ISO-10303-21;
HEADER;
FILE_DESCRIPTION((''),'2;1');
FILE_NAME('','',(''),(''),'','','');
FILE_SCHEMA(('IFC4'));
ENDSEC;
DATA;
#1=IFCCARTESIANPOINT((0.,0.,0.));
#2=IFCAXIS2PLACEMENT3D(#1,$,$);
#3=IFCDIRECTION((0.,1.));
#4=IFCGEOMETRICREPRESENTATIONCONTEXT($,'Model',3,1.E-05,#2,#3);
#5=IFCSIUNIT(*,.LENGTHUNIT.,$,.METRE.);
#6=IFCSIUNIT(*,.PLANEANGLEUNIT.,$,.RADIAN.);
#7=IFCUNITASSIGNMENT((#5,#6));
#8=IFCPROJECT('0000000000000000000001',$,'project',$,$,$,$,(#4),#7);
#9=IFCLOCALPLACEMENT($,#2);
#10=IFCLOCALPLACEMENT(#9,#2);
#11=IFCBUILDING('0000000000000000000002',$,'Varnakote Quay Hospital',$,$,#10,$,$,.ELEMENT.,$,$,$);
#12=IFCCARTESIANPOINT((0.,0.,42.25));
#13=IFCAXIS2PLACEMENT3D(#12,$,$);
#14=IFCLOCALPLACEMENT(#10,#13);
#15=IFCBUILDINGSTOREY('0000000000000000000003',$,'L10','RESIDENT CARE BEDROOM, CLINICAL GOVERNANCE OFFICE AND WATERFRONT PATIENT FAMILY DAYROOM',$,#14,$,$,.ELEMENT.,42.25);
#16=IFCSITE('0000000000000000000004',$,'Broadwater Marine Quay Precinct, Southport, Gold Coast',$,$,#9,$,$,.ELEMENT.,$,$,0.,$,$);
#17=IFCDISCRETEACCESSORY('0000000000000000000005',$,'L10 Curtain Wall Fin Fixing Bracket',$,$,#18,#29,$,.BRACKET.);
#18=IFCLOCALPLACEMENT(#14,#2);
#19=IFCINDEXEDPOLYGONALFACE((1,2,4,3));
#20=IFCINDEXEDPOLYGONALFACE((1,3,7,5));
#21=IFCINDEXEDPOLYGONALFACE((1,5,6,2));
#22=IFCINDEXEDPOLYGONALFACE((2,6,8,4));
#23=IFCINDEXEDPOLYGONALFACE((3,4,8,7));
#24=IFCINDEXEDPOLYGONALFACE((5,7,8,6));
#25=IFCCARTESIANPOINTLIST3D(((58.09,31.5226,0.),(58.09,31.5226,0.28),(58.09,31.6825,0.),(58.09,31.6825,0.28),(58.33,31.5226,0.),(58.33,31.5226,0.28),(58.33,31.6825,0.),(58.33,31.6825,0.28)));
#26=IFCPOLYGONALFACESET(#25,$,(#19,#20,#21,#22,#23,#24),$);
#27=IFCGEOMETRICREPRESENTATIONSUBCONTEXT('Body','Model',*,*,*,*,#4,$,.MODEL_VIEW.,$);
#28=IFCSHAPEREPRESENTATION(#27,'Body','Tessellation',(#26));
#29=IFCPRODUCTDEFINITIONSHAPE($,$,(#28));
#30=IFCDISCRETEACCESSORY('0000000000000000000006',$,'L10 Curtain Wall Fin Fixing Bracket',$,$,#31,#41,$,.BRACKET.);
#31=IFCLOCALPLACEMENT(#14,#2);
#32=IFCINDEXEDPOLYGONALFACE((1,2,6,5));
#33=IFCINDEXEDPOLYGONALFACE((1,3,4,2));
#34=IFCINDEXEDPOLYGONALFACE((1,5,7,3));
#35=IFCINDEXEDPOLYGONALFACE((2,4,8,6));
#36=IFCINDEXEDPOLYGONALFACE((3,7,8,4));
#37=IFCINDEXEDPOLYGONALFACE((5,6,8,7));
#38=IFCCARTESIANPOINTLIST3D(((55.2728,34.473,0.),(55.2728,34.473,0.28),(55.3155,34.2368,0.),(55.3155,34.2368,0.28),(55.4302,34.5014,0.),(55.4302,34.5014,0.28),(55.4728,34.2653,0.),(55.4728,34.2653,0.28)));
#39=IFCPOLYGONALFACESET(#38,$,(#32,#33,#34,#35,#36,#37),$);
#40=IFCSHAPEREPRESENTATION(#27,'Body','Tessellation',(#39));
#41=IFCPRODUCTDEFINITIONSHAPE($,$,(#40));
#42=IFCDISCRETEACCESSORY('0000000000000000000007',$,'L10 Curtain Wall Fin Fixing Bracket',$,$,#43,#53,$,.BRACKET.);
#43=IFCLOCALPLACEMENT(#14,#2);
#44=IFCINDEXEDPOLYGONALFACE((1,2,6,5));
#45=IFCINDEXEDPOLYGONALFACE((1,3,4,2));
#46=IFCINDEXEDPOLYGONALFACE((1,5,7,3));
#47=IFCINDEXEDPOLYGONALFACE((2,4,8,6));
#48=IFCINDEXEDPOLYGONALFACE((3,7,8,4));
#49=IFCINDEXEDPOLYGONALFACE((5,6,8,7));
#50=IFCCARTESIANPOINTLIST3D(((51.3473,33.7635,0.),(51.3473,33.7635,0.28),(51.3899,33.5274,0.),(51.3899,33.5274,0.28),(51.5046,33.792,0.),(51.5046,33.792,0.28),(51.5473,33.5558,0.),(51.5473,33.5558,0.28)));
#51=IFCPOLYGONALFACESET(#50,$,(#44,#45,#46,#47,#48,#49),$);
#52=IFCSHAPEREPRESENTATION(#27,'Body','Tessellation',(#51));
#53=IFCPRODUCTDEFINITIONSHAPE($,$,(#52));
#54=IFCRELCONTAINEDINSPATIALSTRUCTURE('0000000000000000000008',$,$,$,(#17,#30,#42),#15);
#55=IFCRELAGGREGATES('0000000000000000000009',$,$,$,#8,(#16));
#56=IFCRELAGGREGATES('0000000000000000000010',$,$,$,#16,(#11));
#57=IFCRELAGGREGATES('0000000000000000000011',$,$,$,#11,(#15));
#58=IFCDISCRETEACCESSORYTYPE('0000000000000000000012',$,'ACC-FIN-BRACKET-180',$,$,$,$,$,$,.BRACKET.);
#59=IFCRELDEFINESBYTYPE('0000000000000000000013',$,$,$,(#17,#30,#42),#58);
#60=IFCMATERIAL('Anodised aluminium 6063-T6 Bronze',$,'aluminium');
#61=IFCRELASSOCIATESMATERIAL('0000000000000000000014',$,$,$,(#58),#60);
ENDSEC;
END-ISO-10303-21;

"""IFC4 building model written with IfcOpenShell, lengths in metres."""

from ifc_helpers import new_model, si_unit, direction, frame, origin, origin_2d, place, context, subcontext, project, spatial, rectangle, extrude, material, type_object, element, save


model = new_model("IFC4")

# Units and contexts
model_context = context("Model", 3, precision=1e-05, world=origin(), true_north=direction((0.0, 1.0)))
body_context = subcontext(model_context, "Body", "Model", "MODEL_VIEW")
ifc_project = project(units=[si_unit("LENGTHUNIT", "METRE"), si_unit("PLANEANGLEUNIT", "RADIAN")], contexts=[model_context])

# Site, building, storey
site_placement = place(None, origin())
site = spatial("IfcSite", under=ifc_project, at=site_placement, Name="Broadwater Marine Quay Precinct, Southport, Gold Coast", CompositionType="ELEMENT", RefElevation=0.0)
building_placement = place(site_placement, origin())
building = spatial("IfcBuilding", under=site, at=building_placement, Name="Varnakote Quay Hospital", CompositionType="ELEMENT")
storey_placement = place(building_placement, frame((0.0, 0.0, 42.25)))
storey = spatial("IfcBuildingStorey", under=building, at=storey_placement, Name="L10", Description="RESIDENT CARE BEDROOM, CLINICAL GOVERNANCE OFFICE AND WATERFRONT PATIENT FAMILY DAYROOM", CompositionType="ELEMENT", Elevation=42.25)

# Discrete accessories
ifc_material_1 = material(Name="Anodised aluminium 6063-T6 Bronze", Category="aluminium")
discrete_accessory_type = type_object("IfcDiscreteAccessoryType", Name="ACC-FIN-BRACKET-180", PredefinedType="BRACKET", material=ifc_material_1)
for number, where, z_axis, x_axis, name in (
    (1, (58.21, 31.6025, 0.0), (0.0, 0.0, 1.0), (0.0, 1.0, 0.0), "L10 Curtain Wall Fin Fixing Bracket"),
    (2, (55.3728, 34.3691, 0.0), (0.0, 0.0, 1.0), (-0.984072, -0.177772, 0.0), "L10 Curtain Wall Fin Fixing Bracket"),
    (3, (51.4473, 33.6597, 0.0), (0.0, 0.0, 1.0), (-0.984072, -0.177772, 0.0), "L10 Curtain Wall Fin Fixing Bracket"),
):
    element("IfcDiscreteAccessory", number, at=place(storey_placement, frame(where, z_axis=z_axis, x_axis=x_axis)), inside=storey, type_object=discrete_accessory_type, Name=name, PredefinedType="BRACKET", context=body_context, shape_type="SweptSolid", body=[
        extrude(rectangle(XDim=0.1599, YDim=0.24, at=origin_2d()), origin(), (0.0, 0.0, 1.0), 0.28),
    ])

save(model, "model.ifc")
